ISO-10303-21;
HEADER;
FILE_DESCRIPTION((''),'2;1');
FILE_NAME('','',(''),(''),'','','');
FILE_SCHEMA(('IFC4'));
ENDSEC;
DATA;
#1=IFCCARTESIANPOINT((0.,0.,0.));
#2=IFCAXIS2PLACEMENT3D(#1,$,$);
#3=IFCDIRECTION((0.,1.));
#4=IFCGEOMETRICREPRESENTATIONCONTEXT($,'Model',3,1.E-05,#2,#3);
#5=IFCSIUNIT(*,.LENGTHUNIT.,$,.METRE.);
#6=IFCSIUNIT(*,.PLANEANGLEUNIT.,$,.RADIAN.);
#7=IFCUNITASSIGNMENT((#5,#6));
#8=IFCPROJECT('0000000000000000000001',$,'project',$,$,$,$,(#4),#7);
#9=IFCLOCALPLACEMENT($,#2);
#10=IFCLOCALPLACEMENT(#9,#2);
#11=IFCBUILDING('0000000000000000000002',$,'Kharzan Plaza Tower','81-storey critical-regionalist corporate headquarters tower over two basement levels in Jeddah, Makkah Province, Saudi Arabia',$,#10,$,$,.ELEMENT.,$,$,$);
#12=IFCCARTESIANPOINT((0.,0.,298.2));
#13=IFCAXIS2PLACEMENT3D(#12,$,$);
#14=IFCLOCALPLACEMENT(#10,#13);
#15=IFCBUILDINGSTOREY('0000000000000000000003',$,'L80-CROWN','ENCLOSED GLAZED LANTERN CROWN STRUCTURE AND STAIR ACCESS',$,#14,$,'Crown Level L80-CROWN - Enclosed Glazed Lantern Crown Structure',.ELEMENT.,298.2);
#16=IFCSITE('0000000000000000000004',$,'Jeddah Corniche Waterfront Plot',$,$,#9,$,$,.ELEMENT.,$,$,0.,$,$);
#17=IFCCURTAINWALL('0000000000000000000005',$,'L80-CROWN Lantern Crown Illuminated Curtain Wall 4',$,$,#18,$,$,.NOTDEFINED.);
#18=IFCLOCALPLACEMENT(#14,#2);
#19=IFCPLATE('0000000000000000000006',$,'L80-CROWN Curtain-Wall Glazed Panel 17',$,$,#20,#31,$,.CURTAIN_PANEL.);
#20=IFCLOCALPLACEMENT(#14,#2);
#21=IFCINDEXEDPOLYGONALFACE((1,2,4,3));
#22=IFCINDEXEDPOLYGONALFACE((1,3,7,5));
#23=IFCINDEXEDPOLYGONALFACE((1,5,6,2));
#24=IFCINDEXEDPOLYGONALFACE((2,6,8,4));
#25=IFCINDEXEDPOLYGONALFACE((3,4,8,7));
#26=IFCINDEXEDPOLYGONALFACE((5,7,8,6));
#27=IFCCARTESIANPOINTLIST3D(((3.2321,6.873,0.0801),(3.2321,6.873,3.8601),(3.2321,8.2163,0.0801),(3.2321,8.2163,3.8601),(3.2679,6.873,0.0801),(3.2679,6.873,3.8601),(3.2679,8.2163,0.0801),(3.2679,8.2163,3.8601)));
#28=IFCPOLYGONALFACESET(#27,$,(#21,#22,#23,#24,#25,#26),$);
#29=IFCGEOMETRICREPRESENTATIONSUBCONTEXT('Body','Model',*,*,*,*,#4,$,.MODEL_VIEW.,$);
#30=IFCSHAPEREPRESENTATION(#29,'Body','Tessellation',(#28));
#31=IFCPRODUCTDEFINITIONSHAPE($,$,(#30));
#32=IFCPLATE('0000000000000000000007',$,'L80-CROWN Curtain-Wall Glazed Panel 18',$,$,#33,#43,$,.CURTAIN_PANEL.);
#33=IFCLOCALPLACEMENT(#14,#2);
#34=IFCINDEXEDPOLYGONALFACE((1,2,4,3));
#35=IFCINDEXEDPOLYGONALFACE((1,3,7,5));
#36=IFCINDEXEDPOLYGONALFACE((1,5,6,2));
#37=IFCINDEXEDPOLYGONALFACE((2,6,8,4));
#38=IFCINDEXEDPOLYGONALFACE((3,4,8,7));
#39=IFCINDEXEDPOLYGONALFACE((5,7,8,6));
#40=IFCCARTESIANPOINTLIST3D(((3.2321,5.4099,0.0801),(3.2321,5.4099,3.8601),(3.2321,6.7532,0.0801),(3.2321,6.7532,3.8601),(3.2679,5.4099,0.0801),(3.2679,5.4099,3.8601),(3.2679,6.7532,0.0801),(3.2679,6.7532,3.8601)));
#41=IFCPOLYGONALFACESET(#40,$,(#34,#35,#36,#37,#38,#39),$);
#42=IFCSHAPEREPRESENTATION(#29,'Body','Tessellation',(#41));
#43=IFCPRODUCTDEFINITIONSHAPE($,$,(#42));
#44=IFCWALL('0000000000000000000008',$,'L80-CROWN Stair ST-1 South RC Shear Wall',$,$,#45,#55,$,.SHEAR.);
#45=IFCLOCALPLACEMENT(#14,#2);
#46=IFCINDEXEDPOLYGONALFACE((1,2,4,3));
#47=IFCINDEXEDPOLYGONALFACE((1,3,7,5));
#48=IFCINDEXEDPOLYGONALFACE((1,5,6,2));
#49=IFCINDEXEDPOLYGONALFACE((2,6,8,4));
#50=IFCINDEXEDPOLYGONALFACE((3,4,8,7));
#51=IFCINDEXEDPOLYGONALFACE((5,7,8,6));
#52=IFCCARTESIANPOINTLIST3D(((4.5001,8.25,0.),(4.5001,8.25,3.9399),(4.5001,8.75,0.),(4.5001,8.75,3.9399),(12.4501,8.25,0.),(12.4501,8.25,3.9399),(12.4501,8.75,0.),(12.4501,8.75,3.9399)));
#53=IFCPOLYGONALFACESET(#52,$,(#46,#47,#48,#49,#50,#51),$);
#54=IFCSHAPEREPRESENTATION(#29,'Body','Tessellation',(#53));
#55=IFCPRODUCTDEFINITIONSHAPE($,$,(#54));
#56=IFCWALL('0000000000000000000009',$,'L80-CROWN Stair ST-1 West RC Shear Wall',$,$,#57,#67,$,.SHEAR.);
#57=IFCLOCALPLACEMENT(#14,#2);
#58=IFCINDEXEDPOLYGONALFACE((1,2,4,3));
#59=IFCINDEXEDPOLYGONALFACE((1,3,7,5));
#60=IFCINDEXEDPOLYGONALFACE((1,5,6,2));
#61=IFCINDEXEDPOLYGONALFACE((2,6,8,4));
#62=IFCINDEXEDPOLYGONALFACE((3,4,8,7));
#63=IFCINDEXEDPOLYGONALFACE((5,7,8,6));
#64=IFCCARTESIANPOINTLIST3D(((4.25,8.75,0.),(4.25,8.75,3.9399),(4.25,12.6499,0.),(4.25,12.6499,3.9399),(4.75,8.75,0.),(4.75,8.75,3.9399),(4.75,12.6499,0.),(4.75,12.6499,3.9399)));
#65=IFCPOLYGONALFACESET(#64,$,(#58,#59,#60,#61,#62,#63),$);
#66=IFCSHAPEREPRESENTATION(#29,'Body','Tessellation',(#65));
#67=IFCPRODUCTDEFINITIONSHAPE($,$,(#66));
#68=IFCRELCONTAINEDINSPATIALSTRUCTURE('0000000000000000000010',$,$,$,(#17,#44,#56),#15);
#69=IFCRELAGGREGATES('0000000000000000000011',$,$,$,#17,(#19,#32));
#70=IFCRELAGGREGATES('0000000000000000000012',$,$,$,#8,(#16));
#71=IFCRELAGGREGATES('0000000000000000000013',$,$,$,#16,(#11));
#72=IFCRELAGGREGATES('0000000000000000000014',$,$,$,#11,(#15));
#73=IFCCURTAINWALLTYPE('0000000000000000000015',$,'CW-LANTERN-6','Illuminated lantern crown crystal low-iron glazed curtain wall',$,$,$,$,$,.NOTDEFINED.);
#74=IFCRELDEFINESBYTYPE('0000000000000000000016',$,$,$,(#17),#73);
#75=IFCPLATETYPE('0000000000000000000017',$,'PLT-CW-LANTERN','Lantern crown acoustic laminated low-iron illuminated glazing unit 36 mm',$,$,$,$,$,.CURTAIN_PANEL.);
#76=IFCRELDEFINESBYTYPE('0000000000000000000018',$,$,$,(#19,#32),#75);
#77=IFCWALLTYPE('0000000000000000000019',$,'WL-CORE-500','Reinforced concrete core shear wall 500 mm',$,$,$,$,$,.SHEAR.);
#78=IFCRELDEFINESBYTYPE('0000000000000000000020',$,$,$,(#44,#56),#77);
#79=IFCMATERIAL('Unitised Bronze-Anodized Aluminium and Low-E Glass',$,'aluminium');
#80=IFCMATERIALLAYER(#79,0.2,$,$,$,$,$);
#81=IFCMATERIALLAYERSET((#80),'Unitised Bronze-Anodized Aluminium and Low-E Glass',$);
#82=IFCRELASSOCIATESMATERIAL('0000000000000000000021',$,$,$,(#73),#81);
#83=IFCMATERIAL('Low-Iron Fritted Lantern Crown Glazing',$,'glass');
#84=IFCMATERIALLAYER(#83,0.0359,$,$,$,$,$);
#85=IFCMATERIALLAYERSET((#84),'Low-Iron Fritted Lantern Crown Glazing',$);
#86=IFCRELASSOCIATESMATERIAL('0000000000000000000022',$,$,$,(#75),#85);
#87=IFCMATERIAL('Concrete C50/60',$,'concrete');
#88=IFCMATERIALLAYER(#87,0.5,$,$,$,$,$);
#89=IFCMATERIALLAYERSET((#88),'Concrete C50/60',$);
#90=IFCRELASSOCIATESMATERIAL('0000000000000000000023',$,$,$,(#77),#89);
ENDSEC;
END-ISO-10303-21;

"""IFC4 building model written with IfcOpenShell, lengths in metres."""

from ifc_helpers import new_model, si_unit, direction, frame, frame_2d, origin, origin_2d, place, context, subcontext, project, spatial, rectangle, extrude, source, transform, mapped, material, layer, layer_set, type_object, element, aggregate, save


model = new_model("IFC4")

# Units and contexts
model_context = context("Model", 3, precision=1e-05, world=origin(), true_north=direction((0.0, 1.0)))
body_context = subcontext(model_context, "Body", "Model", "MODEL_VIEW")
ifc_project = project(units=[si_unit("LENGTHUNIT", "METRE"), si_unit("PLANEANGLEUNIT", "RADIAN")], contexts=[model_context])

# Site, building, storey
site_placement = place(None, origin())
site = spatial("IfcSite", under=ifc_project, at=site_placement, Name="Jeddah Corniche Waterfront Plot", CompositionType="ELEMENT", RefElevation=0.0)
building_placement = place(site_placement, origin())
building = spatial("IfcBuilding", under=site, at=building_placement, Name="Kharzan Plaza Tower", Description="81-storey critical-regionalist corporate headquarters tower over two basement levels in Jeddah, Makkah Province, Saudi Arabia", CompositionType="ELEMENT")
storey_placement = place(building_placement, frame((0.0, 0.0, 298.2)))
storey = spatial("IfcBuildingStorey", under=building, at=storey_placement, Name="L80-CROWN", Description="ENCLOSED GLAZED LANTERN CROWN STRUCTURE AND STAIR ACCESS", LongName="Crown Level L80-CROWN - Enclosed Glazed Lantern Crown Structure", CompositionType="ELEMENT", Elevation=298.2)

# Curtain wall
ifc_material_1 = material(Name="Unitised Bronze-Anodized Aluminium and Low-E Glass", Category="aluminium")
ifc_layer_1 = layer(ifc_material_1, 0.2)
ifc_layer_set_1 = layer_set([ifc_layer_1], Name="Unitised Bronze-Anodized Aluminium and Low-E Glass")
curtain_wall_type = type_object("IfcCurtainWallType", Name="CW-LANTERN-6", Description="Illuminated lantern crown crystal low-iron glazed curtain wall", PredefinedType="NOTDEFINED", material=ifc_layer_set_1)
curtain_wall_1_placement = place(storey_placement, origin())
curtain_wall_1 = element("IfcCurtainWall", 1, at=curtain_wall_1_placement, inside=storey, type_object=curtain_wall_type, Name="L80-CROWN Lantern Crown Illuminated Curtain Wall 4", PredefinedType="NOTDEFINED")

# Plates
ifc_material_2 = material(Name="Low-Iron Fritted Lantern Crown Glazing", Category="glass")
ifc_layer_2 = layer(ifc_material_2, 0.0359)
ifc_layer_set_2 = layer_set([ifc_layer_2], Name="Low-Iron Fritted Lantern Crown Glazing")
plate_type = type_object("IfcPlateType", Name="PLT-CW-LANTERN", Description="Lantern crown acoustic laminated low-iron illuminated glazing unit 36 mm", PredefinedType="CURTAIN_PANEL", material=ifc_layer_set_2)
shared_shape_1 = source(origin(), body_context, "Body", "SweptSolid", [
    extrude(rectangle(XDim=1.3433, YDim=0.0359, at=origin_2d()), origin(), (0.0, 0.0, 1.0), 3.78),
])
plate_1_placement = place(storey_placement, frame((3.25, 7.5447, 0.0801), z_axis=(0.0, 0.0, 1.0), x_axis=(0.0, -1.0, 0.0)))
plate_1 = element("IfcPlate", 2, at=plate_1_placement, type_object=plate_type, Name="L80-CROWN Curtain-Wall Glazed Panel 17", PredefinedType="CURTAIN_PANEL", context=body_context, shape_type="MappedRepresentation", body=[
    mapped(shared_shape_1, transform((0.0, 0.0, 0.0), x_axis=(1.0, 0.0, 0.0), y_axis=(0.0, 1.0, 0.0), z_axis=(0.0, 0.0, 1.0))),
])
plate_2_placement = place(storey_placement, frame((3.25, 6.0815, 0.0801), z_axis=(0.0, 0.0, 1.0), x_axis=(0.0, -1.0, 0.0)))
plate_2 = element("IfcPlate", 3, at=plate_2_placement, type_object=plate_type, Name="L80-CROWN Curtain-Wall Glazed Panel 18", PredefinedType="CURTAIN_PANEL", context=body_context, shape_type="MappedRepresentation", body=[
    mapped(shared_shape_1, transform((0.0, 0.0, 0.0), x_axis=(1.0, 0.0, 0.0), y_axis=(0.0, 1.0, 0.0), z_axis=(0.0, 0.0, 1.0))),
])
aggregate(curtain_wall_1, [plate_1, plate_2])

# Walls
ifc_material_3 = material(Name="Concrete C50/60", Category="concrete")
ifc_layer_3 = layer(ifc_material_3, 0.5)
ifc_layer_set_3 = layer_set([ifc_layer_3], Name="Concrete C50/60")
wall_type = type_object("IfcWallType", Name="WL-CORE-500", Description="Reinforced concrete core shear wall 500 mm", PredefinedType="SHEAR", material=ifc_layer_set_3)
shared_shape_2 = source(origin(), body_context, "Body", "SweptSolid", [
    extrude(rectangle(XDim=7.95, YDim=0.5, at=frame_2d((3.9751, 0.0))), origin(), (0.0, 0.0, 1.0), 3.9399),
])
wall_1_placement = place(storey_placement, frame((4.5, 8.5, 0.0), z_axis=(0.0, 0.0, 1.0), x_axis=(1.0, 0.0, 0.0)))
element("IfcWall", 4, at=wall_1_placement, inside=storey, type_object=wall_type, Name="L80-CROWN Stair ST-1 South RC Shear Wall", PredefinedType="SHEAR", context=body_context, shape_type="MappedRepresentation", body=[
    mapped(shared_shape_2, transform((0.0, 0.0, 0.0), x_axis=(1.0, 0.0, 0.0), y_axis=(0.0, 1.0, 0.0), z_axis=(0.0, 0.0, 1.0))),
])
shared_shape_3 = source(origin(), body_context, "Body", "SweptSolid", [
    extrude(rectangle(XDim=3.8999, YDim=0.5, at=frame_2d((1.95, 0.0))), origin(), (0.0, 0.0, 1.0), 3.9399),
])
wall_2_placement = place(storey_placement, frame((4.5, 8.75, 0.0), z_axis=(0.0, 0.0, 1.0), x_axis=(0.0, 1.0, 0.0)))
element("IfcWall", 5, at=wall_2_placement, inside=storey, type_object=wall_type, Name="L80-CROWN Stair ST-1 West RC Shear Wall", PredefinedType="SHEAR", context=body_context, shape_type="MappedRepresentation", body=[
    mapped(shared_shape_3, transform((0.0, 0.0, 0.0), x_axis=(1.0, 0.0, 0.0), y_axis=(0.0, 1.0, 0.0), z_axis=(0.0, 0.0, 1.0))),
])

save(model, "model.ifc")
